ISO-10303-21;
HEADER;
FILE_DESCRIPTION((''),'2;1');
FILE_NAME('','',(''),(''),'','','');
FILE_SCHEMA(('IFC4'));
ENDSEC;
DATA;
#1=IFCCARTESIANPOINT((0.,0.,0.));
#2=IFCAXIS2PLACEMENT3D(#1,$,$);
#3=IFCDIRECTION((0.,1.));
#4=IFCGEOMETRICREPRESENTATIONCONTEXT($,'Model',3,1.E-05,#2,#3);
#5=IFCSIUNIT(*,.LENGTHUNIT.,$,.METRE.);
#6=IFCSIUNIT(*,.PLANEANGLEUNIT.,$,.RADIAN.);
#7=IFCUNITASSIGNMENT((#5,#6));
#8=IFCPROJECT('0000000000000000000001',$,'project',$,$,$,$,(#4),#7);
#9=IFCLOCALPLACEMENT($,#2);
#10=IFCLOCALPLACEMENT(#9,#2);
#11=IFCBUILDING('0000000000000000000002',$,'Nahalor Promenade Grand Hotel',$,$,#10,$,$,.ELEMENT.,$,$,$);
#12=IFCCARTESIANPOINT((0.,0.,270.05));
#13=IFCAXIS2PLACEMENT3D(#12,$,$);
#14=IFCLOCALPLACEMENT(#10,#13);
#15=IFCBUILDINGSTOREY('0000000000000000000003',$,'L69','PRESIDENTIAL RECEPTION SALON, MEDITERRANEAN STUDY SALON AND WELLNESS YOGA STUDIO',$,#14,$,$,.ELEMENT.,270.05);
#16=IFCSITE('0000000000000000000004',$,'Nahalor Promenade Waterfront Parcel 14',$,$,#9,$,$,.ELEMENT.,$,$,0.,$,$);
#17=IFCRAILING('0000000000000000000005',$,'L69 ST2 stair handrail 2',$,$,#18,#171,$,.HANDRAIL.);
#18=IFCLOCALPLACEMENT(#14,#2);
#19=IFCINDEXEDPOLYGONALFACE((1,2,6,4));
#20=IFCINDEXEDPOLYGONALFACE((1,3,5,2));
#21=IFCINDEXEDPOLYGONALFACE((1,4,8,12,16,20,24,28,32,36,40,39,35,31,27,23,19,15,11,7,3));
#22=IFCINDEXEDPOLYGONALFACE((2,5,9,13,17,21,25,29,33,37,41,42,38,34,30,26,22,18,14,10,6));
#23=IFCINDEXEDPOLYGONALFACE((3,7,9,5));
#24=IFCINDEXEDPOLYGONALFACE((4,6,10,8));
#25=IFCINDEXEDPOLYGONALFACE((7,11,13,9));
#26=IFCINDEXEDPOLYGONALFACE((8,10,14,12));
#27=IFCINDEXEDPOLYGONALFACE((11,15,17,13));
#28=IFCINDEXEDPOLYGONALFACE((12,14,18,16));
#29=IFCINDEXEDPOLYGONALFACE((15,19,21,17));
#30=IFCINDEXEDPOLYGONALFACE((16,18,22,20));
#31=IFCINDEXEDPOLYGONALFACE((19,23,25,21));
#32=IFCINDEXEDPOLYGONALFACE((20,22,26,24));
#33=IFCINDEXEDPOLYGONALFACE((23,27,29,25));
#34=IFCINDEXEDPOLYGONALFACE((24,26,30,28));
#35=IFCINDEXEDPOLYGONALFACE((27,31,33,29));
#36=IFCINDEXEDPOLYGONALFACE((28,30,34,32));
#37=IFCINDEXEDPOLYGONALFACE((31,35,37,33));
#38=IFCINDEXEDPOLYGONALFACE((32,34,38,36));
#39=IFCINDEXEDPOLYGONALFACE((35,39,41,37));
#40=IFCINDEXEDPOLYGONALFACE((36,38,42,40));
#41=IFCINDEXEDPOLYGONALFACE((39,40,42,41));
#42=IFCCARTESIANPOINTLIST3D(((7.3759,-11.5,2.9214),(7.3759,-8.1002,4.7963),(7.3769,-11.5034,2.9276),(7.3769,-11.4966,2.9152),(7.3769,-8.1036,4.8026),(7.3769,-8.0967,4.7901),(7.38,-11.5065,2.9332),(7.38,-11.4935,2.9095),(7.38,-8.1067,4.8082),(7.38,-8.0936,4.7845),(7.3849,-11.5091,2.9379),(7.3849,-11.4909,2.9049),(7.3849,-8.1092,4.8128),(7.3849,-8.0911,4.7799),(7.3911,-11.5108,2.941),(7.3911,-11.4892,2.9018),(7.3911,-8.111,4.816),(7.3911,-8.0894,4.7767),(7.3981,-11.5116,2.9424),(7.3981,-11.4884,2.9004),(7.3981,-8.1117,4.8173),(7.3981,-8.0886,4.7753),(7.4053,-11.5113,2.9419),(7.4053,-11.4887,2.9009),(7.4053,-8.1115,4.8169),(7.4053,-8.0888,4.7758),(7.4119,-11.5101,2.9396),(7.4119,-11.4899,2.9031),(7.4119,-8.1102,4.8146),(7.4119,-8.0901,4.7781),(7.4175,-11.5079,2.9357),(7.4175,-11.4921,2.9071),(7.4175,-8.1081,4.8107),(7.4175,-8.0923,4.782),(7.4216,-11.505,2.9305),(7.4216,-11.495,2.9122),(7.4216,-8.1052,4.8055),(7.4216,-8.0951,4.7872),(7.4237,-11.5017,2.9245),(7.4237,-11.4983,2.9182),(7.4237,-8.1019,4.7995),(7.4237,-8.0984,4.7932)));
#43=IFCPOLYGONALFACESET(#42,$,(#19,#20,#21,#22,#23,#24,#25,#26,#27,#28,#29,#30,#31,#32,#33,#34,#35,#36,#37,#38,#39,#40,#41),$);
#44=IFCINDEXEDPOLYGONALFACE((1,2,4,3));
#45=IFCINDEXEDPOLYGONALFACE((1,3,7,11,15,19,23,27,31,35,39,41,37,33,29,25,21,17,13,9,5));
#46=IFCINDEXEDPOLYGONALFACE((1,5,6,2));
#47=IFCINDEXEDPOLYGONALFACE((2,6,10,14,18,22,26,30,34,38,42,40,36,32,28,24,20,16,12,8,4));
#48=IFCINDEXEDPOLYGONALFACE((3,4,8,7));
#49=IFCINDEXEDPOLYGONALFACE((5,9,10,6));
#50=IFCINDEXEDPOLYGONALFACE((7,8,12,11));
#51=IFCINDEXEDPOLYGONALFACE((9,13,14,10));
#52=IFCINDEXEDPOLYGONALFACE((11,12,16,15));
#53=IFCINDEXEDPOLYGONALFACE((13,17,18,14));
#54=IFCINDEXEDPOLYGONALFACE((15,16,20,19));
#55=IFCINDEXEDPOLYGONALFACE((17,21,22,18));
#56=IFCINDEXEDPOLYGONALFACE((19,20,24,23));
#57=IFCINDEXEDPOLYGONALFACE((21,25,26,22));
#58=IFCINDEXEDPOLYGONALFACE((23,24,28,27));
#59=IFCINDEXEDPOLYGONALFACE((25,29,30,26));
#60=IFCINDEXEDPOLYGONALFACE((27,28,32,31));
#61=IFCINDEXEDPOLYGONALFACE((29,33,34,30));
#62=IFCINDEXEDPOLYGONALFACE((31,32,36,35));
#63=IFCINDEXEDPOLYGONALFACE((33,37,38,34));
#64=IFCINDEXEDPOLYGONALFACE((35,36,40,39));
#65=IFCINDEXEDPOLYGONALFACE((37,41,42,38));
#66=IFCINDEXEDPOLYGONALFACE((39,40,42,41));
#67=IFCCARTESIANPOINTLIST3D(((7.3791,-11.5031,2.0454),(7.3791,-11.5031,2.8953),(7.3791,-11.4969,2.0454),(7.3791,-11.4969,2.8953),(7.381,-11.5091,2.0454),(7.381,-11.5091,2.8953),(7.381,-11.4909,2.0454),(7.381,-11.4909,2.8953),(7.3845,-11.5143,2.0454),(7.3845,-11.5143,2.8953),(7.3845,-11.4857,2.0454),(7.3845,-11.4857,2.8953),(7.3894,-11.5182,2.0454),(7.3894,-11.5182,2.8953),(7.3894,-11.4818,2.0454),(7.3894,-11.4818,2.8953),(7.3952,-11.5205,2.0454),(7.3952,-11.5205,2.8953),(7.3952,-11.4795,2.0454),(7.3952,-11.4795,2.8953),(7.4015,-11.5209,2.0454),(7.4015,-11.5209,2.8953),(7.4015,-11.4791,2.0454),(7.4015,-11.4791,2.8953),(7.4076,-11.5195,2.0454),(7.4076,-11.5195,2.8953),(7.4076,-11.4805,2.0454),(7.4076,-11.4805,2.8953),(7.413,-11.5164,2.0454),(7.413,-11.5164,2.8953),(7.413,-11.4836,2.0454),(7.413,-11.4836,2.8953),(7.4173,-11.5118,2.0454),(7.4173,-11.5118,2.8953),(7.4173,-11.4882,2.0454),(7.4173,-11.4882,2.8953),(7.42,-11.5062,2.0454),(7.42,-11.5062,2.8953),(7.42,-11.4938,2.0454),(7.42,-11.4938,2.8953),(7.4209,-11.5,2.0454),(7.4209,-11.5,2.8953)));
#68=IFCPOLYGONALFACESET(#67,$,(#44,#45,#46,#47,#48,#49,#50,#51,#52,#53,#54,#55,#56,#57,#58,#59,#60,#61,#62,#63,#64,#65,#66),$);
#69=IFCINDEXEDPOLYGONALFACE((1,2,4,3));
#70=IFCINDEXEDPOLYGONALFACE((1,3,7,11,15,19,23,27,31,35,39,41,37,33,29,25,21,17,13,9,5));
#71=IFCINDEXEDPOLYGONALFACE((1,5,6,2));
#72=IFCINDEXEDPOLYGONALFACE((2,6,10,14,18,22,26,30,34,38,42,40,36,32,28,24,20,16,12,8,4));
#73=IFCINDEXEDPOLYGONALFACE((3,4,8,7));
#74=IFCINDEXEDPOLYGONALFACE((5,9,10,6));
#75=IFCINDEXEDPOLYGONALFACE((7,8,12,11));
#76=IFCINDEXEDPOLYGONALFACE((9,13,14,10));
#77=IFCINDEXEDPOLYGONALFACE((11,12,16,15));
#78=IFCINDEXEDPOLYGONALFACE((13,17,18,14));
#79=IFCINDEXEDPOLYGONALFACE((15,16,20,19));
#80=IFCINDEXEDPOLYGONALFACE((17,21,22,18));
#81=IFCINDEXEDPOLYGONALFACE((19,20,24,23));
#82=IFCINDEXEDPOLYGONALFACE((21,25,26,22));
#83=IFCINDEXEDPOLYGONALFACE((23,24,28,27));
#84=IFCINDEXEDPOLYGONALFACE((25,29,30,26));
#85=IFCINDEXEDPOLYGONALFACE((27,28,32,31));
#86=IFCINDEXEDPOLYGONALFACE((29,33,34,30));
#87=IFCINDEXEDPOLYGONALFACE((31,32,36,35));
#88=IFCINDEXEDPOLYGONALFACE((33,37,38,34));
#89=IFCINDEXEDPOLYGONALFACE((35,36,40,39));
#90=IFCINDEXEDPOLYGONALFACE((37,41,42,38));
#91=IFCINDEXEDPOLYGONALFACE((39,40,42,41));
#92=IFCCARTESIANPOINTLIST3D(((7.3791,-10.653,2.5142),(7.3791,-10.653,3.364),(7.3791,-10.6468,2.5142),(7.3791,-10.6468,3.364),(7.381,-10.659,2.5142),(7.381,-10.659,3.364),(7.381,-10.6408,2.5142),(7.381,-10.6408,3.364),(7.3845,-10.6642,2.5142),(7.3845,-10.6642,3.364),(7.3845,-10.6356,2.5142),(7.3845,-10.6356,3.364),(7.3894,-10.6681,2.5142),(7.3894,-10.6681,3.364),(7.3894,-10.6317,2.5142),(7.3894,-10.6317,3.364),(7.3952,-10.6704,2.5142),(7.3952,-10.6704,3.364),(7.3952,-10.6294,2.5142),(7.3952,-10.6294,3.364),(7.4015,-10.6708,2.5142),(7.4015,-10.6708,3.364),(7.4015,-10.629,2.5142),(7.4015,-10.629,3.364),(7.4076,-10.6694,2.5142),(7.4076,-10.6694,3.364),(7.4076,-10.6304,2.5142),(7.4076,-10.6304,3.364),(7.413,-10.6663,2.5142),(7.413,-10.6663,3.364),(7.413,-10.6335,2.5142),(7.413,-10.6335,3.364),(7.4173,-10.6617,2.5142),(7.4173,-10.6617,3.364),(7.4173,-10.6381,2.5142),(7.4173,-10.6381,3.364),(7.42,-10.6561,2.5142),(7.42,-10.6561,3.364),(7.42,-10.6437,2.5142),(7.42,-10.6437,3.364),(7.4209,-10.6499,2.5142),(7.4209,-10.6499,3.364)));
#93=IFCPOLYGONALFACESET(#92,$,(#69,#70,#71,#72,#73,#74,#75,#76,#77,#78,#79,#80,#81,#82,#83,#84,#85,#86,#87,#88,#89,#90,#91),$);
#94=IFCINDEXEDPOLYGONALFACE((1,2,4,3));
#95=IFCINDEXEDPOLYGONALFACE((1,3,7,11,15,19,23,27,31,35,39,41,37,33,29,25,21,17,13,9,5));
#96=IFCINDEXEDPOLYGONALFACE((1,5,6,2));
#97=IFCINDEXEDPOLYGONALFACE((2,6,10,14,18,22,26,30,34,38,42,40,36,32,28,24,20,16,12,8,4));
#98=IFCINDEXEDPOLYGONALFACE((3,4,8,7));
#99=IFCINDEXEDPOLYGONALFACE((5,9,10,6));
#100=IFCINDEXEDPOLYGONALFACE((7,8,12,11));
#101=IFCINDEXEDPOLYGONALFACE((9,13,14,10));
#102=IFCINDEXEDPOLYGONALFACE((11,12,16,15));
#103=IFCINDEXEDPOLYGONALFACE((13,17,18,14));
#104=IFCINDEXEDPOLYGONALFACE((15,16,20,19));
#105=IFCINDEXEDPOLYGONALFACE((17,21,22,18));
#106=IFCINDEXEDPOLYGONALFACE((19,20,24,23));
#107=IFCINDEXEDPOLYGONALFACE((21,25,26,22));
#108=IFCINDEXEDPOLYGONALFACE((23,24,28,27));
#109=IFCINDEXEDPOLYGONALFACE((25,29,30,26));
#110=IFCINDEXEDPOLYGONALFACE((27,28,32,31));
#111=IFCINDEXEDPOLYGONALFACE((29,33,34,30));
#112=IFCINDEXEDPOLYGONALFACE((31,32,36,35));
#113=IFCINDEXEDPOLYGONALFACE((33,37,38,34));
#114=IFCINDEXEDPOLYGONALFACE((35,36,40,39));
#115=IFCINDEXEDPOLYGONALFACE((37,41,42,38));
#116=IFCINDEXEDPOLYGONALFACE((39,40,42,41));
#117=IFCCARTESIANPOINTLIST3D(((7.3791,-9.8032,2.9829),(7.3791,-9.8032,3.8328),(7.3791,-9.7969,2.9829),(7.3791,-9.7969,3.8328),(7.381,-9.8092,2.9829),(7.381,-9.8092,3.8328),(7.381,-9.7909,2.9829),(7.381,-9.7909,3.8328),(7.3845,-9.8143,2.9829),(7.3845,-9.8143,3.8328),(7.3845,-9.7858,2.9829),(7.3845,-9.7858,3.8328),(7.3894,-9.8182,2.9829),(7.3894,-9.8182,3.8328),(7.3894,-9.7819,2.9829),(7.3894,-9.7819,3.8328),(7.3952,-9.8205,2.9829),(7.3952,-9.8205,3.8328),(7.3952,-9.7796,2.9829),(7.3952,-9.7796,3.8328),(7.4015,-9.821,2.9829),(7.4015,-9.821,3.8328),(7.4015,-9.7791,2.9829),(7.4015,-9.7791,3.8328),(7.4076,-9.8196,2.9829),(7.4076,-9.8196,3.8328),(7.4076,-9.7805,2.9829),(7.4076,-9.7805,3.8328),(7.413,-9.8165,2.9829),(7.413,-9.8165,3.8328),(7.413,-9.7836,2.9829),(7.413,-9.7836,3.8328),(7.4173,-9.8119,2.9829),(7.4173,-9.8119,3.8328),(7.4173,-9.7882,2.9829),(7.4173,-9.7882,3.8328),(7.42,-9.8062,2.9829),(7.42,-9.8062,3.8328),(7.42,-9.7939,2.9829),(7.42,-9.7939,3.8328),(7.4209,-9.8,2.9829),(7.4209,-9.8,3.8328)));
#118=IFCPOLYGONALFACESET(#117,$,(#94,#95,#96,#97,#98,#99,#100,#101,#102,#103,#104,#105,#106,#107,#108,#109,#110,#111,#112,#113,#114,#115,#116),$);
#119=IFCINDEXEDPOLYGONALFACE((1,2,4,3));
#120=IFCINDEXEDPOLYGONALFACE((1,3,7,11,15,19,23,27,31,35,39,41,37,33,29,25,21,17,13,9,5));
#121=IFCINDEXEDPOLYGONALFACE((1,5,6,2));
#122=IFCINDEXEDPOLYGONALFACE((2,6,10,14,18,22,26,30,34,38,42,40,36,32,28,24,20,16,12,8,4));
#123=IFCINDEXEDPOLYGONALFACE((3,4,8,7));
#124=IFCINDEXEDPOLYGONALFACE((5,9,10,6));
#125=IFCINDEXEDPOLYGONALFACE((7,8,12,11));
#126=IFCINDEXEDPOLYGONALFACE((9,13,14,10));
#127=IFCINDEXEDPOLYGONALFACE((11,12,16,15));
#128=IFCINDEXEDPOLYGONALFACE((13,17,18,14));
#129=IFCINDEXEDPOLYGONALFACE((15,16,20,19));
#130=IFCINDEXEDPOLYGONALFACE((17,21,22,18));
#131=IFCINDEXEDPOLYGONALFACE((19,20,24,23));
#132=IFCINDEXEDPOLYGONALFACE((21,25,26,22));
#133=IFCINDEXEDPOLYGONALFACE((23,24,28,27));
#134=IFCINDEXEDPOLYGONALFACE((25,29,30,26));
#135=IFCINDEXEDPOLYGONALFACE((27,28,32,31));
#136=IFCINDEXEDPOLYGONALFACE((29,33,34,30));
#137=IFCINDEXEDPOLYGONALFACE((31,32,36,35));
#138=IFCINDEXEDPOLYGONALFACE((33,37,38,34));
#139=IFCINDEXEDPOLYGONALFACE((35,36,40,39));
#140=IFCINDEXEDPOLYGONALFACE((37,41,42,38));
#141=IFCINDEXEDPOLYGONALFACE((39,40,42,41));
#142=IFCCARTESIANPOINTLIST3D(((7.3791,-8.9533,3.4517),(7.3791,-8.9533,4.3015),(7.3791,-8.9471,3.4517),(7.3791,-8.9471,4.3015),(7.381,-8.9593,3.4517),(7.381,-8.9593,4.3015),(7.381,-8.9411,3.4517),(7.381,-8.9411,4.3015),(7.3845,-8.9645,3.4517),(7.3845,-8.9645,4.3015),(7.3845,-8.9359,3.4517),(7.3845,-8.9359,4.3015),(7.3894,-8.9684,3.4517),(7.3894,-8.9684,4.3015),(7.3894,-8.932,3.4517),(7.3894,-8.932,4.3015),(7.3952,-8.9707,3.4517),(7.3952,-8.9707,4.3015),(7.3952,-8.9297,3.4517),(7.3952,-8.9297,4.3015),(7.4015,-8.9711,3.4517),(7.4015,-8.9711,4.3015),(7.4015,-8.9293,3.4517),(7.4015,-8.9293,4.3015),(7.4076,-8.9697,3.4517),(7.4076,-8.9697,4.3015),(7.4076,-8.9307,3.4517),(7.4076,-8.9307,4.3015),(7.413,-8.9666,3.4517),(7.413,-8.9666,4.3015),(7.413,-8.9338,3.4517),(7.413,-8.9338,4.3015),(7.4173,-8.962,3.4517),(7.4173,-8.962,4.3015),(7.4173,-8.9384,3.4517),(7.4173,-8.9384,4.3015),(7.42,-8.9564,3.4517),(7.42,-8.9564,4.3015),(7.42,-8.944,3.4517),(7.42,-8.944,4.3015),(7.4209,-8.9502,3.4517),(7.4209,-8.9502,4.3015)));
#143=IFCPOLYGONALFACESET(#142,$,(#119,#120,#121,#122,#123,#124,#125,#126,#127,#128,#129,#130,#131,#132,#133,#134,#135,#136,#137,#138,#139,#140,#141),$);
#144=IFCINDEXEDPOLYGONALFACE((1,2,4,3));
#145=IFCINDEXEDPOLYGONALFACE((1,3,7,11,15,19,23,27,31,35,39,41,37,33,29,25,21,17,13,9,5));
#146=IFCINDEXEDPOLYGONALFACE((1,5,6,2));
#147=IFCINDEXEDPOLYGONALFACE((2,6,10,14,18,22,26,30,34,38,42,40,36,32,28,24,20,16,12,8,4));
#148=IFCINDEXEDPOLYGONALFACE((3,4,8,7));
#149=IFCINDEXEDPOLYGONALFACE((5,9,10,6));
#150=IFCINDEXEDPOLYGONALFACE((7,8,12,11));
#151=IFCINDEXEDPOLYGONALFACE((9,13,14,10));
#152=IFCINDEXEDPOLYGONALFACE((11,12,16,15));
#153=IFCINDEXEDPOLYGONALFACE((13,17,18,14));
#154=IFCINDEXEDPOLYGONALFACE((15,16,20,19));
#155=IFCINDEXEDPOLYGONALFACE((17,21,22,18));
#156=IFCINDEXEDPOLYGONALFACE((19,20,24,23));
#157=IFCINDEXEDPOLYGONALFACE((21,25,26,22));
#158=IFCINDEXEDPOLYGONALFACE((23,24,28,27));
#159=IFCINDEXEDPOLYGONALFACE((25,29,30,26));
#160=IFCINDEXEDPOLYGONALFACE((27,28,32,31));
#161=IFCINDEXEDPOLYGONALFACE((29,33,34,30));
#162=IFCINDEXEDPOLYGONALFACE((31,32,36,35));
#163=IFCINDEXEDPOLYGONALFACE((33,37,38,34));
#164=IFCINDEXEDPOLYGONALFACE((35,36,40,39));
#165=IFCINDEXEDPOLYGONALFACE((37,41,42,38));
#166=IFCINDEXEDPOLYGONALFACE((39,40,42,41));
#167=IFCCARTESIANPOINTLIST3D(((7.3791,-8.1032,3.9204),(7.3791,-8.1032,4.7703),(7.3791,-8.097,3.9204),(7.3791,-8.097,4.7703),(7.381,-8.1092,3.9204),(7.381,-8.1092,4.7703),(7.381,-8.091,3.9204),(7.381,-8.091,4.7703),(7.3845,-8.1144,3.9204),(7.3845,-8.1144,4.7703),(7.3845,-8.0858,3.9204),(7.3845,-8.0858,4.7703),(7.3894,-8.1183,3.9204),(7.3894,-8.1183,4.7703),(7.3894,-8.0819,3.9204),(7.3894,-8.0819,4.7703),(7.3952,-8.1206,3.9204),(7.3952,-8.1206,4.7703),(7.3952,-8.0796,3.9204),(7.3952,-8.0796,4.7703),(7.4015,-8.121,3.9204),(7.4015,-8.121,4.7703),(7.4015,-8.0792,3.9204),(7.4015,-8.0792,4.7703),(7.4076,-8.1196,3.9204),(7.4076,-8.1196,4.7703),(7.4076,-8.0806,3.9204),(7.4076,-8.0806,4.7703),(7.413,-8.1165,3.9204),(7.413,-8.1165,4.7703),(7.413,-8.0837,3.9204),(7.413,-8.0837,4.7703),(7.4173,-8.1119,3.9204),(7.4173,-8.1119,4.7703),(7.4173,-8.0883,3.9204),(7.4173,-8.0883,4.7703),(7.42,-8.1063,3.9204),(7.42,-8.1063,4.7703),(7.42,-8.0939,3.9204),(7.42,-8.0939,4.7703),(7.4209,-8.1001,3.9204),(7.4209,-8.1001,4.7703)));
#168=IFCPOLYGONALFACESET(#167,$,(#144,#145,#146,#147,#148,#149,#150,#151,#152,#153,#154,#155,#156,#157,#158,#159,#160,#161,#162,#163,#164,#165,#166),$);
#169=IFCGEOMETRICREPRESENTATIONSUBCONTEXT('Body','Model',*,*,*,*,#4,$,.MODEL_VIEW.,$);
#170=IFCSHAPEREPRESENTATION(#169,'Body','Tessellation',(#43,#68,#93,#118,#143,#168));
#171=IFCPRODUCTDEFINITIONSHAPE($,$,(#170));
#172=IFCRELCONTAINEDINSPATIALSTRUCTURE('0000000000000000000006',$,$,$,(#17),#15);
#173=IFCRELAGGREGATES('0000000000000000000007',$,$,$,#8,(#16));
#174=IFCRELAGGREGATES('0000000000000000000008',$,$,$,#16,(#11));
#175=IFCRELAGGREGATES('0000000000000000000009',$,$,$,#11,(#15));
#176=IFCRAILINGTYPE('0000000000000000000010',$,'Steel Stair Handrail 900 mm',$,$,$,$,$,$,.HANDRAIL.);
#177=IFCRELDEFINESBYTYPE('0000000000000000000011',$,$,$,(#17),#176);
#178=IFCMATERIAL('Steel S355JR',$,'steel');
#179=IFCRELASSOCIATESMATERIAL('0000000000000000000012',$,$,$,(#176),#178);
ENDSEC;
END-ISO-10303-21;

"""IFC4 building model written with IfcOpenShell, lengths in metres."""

from ifc_helpers import new_model, si_unit, direction, frame, origin, origin_2d, place, context, subcontext, project, spatial, circle, extrude, material, type_object, element, save


model = new_model("IFC4")

# Units and contexts
model_context = context("Model", 3, precision=1e-05, world=origin(), true_north=direction((0.0, 1.0)))
body_context = subcontext(model_context, "Body", "Model", "MODEL_VIEW")
ifc_project = project(units=[si_unit("LENGTHUNIT", "METRE"), si_unit("PLANEANGLEUNIT", "RADIAN")], contexts=[model_context])

# Site, building, storey
site_placement = place(None, origin())
site = spatial("IfcSite", under=ifc_project, at=site_placement, Name="Nahalor Promenade Waterfront Parcel 14", CompositionType="ELEMENT", RefElevation=0.0)
building_placement = place(site_placement, origin())
building = spatial("IfcBuilding", under=site, at=building_placement, Name="Nahalor Promenade Grand Hotel", CompositionType="ELEMENT")
storey_placement = place(building_placement, frame((0.0, 0.0, 270.05)))
storey = spatial("IfcBuildingStorey", under=building, at=storey_placement, Name="L69", Description="PRESIDENTIAL RECEPTION SALON, MEDITERRANEAN STUDY SALON AND WELLNESS YOGA STUDIO", CompositionType="ELEMENT", Elevation=270.05)

# Shared definitions
ifc_material_1 = material(Name="Steel S355JR", Category="steel")

# Railing
railing_type_1 = type_object("IfcRailingType", Name="Steel Stair Handrail 900 mm", PredefinedType="HANDRAIL", material=ifc_material_1)
railing_1_placement = place(storey_placement, frame((7.3999, -11.5, 2.0454)))
element("IfcRailing", 1, at=railing_1_placement, inside=storey, type_object=railing_type_1, Name="L69 ST2 stair handrail 2", PredefinedType="HANDRAIL", context=body_context, shape_type="SweptSolid", body=[
    extrude(circle(Radius=0.024, at=origin_2d()), frame((0.0, 0.0, 0.876), z_axis=(0.0, 0.875666, 0.482918), x_axis=(-1.0, 0.0, 0.0)), (0.0, 0.0, 1.0), 3.8826),
    extrude(circle(Radius=0.021, at=origin_2d()), origin(), (0.0, 0.0, 1.0), 0.8499),
    extrude(circle(Radius=0.021, at=origin_2d()), frame((0.0, 0.8501, 0.4688)), (0.0, 0.0, 1.0), 0.8499),
    extrude(circle(Radius=0.021, at=origin_2d()), frame((0.0, 1.7, 0.9375)), (0.0, 0.0, 1.0), 0.8499),
    extrude(circle(Radius=0.021, at=origin_2d()), frame((0.0, 2.5498, 1.4062)), (0.0, 0.0, 1.0), 0.8499),
    extrude(circle(Radius=0.021, at=origin_2d()), frame((0.0, 3.3999, 1.875)), (0.0, 0.0, 1.0), 0.8499),
])

save(model, "model.ifc")
